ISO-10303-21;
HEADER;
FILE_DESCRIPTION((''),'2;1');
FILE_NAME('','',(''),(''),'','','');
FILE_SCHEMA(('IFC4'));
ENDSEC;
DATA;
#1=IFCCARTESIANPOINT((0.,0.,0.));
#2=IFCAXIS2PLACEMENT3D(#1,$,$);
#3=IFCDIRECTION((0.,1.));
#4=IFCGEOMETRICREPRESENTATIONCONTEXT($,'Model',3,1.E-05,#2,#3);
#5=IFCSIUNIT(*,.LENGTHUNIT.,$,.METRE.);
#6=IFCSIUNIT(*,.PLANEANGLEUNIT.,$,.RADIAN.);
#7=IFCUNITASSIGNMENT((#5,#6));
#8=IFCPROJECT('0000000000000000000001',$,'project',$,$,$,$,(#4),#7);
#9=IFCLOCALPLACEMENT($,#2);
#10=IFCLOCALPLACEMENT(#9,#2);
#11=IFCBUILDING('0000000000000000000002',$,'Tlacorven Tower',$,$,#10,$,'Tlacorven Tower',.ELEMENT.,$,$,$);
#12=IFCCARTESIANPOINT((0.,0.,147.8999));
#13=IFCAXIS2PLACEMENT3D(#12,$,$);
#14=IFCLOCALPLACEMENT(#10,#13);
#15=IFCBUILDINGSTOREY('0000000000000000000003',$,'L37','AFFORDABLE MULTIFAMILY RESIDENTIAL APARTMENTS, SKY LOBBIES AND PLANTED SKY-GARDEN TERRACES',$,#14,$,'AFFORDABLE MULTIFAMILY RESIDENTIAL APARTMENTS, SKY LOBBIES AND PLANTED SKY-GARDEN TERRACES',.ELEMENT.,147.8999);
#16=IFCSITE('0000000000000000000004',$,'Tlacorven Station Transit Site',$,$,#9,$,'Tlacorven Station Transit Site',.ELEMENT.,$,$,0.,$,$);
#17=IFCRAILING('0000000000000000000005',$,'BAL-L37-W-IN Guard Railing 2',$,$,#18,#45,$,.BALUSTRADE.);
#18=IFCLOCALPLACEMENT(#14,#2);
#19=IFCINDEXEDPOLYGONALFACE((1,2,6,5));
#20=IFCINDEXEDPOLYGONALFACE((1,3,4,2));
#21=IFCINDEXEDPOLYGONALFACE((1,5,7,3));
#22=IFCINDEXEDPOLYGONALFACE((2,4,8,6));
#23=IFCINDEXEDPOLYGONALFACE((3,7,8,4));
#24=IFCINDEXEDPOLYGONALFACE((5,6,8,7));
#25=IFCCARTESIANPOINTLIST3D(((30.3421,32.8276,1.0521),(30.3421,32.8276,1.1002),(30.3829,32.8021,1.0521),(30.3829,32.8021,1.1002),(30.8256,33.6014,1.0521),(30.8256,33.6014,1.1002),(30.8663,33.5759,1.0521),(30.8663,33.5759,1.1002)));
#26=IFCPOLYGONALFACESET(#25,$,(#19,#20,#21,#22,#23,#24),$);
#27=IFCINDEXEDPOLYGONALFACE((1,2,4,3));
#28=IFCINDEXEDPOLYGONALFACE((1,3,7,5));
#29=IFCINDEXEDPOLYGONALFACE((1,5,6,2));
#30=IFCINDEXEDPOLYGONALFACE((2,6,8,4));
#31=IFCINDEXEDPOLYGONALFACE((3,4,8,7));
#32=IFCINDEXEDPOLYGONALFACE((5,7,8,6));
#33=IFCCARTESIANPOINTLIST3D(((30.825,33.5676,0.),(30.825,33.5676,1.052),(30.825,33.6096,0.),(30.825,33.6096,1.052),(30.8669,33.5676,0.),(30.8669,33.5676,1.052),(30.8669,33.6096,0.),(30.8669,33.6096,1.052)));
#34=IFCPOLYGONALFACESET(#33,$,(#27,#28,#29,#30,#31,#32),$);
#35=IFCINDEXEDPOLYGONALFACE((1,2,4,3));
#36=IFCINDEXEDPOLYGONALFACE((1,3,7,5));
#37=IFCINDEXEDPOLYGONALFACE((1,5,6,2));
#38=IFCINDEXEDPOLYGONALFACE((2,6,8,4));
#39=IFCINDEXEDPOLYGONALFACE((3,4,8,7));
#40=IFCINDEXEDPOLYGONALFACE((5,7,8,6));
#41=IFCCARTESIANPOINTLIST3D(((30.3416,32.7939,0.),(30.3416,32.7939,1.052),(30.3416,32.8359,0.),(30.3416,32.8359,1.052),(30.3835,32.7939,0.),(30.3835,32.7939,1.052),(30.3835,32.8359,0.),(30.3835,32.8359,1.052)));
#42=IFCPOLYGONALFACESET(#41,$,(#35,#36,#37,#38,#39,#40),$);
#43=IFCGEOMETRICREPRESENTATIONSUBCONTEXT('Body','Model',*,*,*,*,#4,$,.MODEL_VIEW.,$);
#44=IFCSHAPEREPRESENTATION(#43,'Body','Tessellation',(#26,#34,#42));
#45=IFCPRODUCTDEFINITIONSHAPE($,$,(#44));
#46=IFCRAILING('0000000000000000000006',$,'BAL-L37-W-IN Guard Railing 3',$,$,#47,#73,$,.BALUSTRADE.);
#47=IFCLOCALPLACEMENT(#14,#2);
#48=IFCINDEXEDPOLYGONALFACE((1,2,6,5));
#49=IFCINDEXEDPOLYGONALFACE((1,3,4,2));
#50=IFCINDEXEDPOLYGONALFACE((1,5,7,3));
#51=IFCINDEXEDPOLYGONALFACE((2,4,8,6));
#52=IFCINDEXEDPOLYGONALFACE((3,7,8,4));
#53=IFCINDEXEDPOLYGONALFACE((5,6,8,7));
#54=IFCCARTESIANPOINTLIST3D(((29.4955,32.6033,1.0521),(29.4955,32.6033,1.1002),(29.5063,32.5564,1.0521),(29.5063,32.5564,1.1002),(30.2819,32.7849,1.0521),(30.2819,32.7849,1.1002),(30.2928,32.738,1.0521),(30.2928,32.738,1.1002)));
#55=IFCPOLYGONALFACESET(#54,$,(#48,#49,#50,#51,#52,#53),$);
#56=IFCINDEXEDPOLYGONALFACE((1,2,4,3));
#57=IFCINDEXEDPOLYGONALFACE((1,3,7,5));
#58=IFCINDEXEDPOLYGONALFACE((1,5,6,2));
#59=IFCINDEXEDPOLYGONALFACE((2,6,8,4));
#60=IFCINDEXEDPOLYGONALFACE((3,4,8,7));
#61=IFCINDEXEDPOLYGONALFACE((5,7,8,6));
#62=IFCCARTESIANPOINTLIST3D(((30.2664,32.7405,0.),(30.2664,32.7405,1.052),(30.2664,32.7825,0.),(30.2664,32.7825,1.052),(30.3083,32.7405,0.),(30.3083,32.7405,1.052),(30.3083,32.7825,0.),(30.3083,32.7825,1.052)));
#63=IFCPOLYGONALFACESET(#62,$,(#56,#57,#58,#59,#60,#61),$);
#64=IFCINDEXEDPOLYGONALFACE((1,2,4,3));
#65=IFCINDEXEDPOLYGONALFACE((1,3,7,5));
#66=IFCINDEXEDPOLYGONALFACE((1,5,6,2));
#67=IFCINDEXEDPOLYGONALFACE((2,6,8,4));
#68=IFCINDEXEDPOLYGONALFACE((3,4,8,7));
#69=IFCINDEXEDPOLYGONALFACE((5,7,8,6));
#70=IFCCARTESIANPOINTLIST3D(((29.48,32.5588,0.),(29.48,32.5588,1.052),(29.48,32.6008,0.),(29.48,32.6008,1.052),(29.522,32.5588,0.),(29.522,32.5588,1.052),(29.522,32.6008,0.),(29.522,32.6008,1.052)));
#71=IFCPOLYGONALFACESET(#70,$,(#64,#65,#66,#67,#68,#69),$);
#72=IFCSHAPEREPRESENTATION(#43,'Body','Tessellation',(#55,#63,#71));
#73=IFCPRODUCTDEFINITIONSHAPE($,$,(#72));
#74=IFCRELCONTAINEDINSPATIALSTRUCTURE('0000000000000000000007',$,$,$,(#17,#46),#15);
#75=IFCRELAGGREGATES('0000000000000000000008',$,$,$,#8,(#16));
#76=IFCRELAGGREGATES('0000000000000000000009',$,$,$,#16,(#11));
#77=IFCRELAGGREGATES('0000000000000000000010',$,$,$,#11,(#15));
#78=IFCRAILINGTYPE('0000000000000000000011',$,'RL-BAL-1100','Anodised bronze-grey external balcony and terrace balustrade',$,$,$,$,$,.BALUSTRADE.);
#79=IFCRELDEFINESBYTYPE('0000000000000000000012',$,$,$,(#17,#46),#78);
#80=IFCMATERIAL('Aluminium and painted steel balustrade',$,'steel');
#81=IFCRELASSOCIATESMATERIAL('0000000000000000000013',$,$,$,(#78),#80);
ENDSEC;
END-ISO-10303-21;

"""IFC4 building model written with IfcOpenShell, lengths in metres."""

from ifc_helpers import new_model, si_unit, direction, frame, origin, origin_2d, place, context, subcontext, project, spatial, rectangle, extrude, source, transform, mapped, material, type_object, element, save


model = new_model("IFC4")

# Units and contexts
model_context = context("Model", 3, precision=1e-05, world=origin(), true_north=direction((0.0, 1.0)))
body_context = subcontext(model_context, "Body", "Model", "MODEL_VIEW")
ifc_project = project(units=[si_unit("LENGTHUNIT", "METRE"), si_unit("PLANEANGLEUNIT", "RADIAN")], contexts=[model_context])

# Site, building, storey
site_placement = place(None, origin())
site = spatial("IfcSite", under=ifc_project, at=site_placement, Name="Tlacorven Station Transit Site", LongName="Tlacorven Station Transit Site", CompositionType="ELEMENT", RefElevation=0.0)
building_placement = place(site_placement, origin())
building = spatial("IfcBuilding", under=site, at=building_placement, Name="Tlacorven Tower", LongName="Tlacorven Tower", CompositionType="ELEMENT")
storey_placement = place(building_placement, frame((0.0, 0.0, 147.8999)))
storey = spatial("IfcBuildingStorey", under=building, at=storey_placement, Name="L37", Description="AFFORDABLE MULTIFAMILY RESIDENTIAL APARTMENTS, SKY LOBBIES AND PLANTED SKY-GARDEN TERRACES", LongName="AFFORDABLE MULTIFAMILY RESIDENTIAL APARTMENTS, SKY LOBBIES AND PLANTED SKY-GARDEN TERRACES", CompositionType="ELEMENT", Elevation=147.8999)

# Railings
ifc_material_1 = material(Name="Aluminium and painted steel balustrade", Category="steel")
railing_type = type_object("IfcRailingType", Name="RL-BAL-1100", Description="Anodised bronze-grey external balcony and terrace balustrade", PredefinedType="BALUSTRADE", material=ifc_material_1)
shared_shape_1 = source(origin(), body_context, "Body", "SweptSolid", [
    extrude(rectangle(XDim=0.0481, YDim=0.0481, at=origin_2d()), frame((0.0, 0.0, 1.0762), z_axis=(-0.529879, -0.848073, 0.0), x_axis=(0.848073, -0.529879, 0.0)), (0.0, 0.0, 1.0), 0.9124),
    extrude(rectangle(XDim=0.042, YDim=0.042, at=origin_2d()), origin(), (0.0, 0.0, 1.0), 1.052),
    extrude(rectangle(XDim=0.042, YDim=0.042, at=origin_2d()), frame((-0.4834, -0.7737, 0.0)), (0.0, 0.0, 1.0), 1.052),
])
railing_1_placement = place(storey_placement, frame((30.8459, 33.5886, 0.0)))
element("IfcRailing", 1, at=railing_1_placement, inside=storey, type_object=railing_type, Name="BAL-L37-W-IN Guard Railing 2", PredefinedType="BALUSTRADE", context=body_context, shape_type="MappedRepresentation", body=[
    mapped(shared_shape_1, transform((0.0, 0.0, 0.0), scale=1.0)),
])
shared_shape_2 = source(origin(), body_context, "Body", "SweptSolid", [
    extrude(rectangle(XDim=0.0481, YDim=0.0481, at=origin_2d()), frame((0.0, 0.0, 1.0762), z_axis=(-0.974345, -0.225058, 0.0), x_axis=(0.225058, -0.974345, 0.0)), (0.0, 0.0, 1.0), 0.8071),
    extrude(rectangle(XDim=0.042, YDim=0.042, at=origin_2d()), origin(), (0.0, 0.0, 1.0), 1.052),
    extrude(rectangle(XDim=0.042, YDim=0.042, at=origin_2d()), frame((-0.7864, -0.1816, 0.0)), (0.0, 0.0, 1.0), 1.052),
])
railing_2_placement = place(storey_placement, frame((30.2874, 32.7615, 0.0)))
element("IfcRailing", 2, at=railing_2_placement, inside=storey, type_object=railing_type, Name="BAL-L37-W-IN Guard Railing 3", PredefinedType="BALUSTRADE", context=body_context, shape_type="MappedRepresentation", body=[
    mapped(shared_shape_2, transform((0.0, 0.0, 0.0), scale=1.0)),
])

save(model, "model.ifc")
